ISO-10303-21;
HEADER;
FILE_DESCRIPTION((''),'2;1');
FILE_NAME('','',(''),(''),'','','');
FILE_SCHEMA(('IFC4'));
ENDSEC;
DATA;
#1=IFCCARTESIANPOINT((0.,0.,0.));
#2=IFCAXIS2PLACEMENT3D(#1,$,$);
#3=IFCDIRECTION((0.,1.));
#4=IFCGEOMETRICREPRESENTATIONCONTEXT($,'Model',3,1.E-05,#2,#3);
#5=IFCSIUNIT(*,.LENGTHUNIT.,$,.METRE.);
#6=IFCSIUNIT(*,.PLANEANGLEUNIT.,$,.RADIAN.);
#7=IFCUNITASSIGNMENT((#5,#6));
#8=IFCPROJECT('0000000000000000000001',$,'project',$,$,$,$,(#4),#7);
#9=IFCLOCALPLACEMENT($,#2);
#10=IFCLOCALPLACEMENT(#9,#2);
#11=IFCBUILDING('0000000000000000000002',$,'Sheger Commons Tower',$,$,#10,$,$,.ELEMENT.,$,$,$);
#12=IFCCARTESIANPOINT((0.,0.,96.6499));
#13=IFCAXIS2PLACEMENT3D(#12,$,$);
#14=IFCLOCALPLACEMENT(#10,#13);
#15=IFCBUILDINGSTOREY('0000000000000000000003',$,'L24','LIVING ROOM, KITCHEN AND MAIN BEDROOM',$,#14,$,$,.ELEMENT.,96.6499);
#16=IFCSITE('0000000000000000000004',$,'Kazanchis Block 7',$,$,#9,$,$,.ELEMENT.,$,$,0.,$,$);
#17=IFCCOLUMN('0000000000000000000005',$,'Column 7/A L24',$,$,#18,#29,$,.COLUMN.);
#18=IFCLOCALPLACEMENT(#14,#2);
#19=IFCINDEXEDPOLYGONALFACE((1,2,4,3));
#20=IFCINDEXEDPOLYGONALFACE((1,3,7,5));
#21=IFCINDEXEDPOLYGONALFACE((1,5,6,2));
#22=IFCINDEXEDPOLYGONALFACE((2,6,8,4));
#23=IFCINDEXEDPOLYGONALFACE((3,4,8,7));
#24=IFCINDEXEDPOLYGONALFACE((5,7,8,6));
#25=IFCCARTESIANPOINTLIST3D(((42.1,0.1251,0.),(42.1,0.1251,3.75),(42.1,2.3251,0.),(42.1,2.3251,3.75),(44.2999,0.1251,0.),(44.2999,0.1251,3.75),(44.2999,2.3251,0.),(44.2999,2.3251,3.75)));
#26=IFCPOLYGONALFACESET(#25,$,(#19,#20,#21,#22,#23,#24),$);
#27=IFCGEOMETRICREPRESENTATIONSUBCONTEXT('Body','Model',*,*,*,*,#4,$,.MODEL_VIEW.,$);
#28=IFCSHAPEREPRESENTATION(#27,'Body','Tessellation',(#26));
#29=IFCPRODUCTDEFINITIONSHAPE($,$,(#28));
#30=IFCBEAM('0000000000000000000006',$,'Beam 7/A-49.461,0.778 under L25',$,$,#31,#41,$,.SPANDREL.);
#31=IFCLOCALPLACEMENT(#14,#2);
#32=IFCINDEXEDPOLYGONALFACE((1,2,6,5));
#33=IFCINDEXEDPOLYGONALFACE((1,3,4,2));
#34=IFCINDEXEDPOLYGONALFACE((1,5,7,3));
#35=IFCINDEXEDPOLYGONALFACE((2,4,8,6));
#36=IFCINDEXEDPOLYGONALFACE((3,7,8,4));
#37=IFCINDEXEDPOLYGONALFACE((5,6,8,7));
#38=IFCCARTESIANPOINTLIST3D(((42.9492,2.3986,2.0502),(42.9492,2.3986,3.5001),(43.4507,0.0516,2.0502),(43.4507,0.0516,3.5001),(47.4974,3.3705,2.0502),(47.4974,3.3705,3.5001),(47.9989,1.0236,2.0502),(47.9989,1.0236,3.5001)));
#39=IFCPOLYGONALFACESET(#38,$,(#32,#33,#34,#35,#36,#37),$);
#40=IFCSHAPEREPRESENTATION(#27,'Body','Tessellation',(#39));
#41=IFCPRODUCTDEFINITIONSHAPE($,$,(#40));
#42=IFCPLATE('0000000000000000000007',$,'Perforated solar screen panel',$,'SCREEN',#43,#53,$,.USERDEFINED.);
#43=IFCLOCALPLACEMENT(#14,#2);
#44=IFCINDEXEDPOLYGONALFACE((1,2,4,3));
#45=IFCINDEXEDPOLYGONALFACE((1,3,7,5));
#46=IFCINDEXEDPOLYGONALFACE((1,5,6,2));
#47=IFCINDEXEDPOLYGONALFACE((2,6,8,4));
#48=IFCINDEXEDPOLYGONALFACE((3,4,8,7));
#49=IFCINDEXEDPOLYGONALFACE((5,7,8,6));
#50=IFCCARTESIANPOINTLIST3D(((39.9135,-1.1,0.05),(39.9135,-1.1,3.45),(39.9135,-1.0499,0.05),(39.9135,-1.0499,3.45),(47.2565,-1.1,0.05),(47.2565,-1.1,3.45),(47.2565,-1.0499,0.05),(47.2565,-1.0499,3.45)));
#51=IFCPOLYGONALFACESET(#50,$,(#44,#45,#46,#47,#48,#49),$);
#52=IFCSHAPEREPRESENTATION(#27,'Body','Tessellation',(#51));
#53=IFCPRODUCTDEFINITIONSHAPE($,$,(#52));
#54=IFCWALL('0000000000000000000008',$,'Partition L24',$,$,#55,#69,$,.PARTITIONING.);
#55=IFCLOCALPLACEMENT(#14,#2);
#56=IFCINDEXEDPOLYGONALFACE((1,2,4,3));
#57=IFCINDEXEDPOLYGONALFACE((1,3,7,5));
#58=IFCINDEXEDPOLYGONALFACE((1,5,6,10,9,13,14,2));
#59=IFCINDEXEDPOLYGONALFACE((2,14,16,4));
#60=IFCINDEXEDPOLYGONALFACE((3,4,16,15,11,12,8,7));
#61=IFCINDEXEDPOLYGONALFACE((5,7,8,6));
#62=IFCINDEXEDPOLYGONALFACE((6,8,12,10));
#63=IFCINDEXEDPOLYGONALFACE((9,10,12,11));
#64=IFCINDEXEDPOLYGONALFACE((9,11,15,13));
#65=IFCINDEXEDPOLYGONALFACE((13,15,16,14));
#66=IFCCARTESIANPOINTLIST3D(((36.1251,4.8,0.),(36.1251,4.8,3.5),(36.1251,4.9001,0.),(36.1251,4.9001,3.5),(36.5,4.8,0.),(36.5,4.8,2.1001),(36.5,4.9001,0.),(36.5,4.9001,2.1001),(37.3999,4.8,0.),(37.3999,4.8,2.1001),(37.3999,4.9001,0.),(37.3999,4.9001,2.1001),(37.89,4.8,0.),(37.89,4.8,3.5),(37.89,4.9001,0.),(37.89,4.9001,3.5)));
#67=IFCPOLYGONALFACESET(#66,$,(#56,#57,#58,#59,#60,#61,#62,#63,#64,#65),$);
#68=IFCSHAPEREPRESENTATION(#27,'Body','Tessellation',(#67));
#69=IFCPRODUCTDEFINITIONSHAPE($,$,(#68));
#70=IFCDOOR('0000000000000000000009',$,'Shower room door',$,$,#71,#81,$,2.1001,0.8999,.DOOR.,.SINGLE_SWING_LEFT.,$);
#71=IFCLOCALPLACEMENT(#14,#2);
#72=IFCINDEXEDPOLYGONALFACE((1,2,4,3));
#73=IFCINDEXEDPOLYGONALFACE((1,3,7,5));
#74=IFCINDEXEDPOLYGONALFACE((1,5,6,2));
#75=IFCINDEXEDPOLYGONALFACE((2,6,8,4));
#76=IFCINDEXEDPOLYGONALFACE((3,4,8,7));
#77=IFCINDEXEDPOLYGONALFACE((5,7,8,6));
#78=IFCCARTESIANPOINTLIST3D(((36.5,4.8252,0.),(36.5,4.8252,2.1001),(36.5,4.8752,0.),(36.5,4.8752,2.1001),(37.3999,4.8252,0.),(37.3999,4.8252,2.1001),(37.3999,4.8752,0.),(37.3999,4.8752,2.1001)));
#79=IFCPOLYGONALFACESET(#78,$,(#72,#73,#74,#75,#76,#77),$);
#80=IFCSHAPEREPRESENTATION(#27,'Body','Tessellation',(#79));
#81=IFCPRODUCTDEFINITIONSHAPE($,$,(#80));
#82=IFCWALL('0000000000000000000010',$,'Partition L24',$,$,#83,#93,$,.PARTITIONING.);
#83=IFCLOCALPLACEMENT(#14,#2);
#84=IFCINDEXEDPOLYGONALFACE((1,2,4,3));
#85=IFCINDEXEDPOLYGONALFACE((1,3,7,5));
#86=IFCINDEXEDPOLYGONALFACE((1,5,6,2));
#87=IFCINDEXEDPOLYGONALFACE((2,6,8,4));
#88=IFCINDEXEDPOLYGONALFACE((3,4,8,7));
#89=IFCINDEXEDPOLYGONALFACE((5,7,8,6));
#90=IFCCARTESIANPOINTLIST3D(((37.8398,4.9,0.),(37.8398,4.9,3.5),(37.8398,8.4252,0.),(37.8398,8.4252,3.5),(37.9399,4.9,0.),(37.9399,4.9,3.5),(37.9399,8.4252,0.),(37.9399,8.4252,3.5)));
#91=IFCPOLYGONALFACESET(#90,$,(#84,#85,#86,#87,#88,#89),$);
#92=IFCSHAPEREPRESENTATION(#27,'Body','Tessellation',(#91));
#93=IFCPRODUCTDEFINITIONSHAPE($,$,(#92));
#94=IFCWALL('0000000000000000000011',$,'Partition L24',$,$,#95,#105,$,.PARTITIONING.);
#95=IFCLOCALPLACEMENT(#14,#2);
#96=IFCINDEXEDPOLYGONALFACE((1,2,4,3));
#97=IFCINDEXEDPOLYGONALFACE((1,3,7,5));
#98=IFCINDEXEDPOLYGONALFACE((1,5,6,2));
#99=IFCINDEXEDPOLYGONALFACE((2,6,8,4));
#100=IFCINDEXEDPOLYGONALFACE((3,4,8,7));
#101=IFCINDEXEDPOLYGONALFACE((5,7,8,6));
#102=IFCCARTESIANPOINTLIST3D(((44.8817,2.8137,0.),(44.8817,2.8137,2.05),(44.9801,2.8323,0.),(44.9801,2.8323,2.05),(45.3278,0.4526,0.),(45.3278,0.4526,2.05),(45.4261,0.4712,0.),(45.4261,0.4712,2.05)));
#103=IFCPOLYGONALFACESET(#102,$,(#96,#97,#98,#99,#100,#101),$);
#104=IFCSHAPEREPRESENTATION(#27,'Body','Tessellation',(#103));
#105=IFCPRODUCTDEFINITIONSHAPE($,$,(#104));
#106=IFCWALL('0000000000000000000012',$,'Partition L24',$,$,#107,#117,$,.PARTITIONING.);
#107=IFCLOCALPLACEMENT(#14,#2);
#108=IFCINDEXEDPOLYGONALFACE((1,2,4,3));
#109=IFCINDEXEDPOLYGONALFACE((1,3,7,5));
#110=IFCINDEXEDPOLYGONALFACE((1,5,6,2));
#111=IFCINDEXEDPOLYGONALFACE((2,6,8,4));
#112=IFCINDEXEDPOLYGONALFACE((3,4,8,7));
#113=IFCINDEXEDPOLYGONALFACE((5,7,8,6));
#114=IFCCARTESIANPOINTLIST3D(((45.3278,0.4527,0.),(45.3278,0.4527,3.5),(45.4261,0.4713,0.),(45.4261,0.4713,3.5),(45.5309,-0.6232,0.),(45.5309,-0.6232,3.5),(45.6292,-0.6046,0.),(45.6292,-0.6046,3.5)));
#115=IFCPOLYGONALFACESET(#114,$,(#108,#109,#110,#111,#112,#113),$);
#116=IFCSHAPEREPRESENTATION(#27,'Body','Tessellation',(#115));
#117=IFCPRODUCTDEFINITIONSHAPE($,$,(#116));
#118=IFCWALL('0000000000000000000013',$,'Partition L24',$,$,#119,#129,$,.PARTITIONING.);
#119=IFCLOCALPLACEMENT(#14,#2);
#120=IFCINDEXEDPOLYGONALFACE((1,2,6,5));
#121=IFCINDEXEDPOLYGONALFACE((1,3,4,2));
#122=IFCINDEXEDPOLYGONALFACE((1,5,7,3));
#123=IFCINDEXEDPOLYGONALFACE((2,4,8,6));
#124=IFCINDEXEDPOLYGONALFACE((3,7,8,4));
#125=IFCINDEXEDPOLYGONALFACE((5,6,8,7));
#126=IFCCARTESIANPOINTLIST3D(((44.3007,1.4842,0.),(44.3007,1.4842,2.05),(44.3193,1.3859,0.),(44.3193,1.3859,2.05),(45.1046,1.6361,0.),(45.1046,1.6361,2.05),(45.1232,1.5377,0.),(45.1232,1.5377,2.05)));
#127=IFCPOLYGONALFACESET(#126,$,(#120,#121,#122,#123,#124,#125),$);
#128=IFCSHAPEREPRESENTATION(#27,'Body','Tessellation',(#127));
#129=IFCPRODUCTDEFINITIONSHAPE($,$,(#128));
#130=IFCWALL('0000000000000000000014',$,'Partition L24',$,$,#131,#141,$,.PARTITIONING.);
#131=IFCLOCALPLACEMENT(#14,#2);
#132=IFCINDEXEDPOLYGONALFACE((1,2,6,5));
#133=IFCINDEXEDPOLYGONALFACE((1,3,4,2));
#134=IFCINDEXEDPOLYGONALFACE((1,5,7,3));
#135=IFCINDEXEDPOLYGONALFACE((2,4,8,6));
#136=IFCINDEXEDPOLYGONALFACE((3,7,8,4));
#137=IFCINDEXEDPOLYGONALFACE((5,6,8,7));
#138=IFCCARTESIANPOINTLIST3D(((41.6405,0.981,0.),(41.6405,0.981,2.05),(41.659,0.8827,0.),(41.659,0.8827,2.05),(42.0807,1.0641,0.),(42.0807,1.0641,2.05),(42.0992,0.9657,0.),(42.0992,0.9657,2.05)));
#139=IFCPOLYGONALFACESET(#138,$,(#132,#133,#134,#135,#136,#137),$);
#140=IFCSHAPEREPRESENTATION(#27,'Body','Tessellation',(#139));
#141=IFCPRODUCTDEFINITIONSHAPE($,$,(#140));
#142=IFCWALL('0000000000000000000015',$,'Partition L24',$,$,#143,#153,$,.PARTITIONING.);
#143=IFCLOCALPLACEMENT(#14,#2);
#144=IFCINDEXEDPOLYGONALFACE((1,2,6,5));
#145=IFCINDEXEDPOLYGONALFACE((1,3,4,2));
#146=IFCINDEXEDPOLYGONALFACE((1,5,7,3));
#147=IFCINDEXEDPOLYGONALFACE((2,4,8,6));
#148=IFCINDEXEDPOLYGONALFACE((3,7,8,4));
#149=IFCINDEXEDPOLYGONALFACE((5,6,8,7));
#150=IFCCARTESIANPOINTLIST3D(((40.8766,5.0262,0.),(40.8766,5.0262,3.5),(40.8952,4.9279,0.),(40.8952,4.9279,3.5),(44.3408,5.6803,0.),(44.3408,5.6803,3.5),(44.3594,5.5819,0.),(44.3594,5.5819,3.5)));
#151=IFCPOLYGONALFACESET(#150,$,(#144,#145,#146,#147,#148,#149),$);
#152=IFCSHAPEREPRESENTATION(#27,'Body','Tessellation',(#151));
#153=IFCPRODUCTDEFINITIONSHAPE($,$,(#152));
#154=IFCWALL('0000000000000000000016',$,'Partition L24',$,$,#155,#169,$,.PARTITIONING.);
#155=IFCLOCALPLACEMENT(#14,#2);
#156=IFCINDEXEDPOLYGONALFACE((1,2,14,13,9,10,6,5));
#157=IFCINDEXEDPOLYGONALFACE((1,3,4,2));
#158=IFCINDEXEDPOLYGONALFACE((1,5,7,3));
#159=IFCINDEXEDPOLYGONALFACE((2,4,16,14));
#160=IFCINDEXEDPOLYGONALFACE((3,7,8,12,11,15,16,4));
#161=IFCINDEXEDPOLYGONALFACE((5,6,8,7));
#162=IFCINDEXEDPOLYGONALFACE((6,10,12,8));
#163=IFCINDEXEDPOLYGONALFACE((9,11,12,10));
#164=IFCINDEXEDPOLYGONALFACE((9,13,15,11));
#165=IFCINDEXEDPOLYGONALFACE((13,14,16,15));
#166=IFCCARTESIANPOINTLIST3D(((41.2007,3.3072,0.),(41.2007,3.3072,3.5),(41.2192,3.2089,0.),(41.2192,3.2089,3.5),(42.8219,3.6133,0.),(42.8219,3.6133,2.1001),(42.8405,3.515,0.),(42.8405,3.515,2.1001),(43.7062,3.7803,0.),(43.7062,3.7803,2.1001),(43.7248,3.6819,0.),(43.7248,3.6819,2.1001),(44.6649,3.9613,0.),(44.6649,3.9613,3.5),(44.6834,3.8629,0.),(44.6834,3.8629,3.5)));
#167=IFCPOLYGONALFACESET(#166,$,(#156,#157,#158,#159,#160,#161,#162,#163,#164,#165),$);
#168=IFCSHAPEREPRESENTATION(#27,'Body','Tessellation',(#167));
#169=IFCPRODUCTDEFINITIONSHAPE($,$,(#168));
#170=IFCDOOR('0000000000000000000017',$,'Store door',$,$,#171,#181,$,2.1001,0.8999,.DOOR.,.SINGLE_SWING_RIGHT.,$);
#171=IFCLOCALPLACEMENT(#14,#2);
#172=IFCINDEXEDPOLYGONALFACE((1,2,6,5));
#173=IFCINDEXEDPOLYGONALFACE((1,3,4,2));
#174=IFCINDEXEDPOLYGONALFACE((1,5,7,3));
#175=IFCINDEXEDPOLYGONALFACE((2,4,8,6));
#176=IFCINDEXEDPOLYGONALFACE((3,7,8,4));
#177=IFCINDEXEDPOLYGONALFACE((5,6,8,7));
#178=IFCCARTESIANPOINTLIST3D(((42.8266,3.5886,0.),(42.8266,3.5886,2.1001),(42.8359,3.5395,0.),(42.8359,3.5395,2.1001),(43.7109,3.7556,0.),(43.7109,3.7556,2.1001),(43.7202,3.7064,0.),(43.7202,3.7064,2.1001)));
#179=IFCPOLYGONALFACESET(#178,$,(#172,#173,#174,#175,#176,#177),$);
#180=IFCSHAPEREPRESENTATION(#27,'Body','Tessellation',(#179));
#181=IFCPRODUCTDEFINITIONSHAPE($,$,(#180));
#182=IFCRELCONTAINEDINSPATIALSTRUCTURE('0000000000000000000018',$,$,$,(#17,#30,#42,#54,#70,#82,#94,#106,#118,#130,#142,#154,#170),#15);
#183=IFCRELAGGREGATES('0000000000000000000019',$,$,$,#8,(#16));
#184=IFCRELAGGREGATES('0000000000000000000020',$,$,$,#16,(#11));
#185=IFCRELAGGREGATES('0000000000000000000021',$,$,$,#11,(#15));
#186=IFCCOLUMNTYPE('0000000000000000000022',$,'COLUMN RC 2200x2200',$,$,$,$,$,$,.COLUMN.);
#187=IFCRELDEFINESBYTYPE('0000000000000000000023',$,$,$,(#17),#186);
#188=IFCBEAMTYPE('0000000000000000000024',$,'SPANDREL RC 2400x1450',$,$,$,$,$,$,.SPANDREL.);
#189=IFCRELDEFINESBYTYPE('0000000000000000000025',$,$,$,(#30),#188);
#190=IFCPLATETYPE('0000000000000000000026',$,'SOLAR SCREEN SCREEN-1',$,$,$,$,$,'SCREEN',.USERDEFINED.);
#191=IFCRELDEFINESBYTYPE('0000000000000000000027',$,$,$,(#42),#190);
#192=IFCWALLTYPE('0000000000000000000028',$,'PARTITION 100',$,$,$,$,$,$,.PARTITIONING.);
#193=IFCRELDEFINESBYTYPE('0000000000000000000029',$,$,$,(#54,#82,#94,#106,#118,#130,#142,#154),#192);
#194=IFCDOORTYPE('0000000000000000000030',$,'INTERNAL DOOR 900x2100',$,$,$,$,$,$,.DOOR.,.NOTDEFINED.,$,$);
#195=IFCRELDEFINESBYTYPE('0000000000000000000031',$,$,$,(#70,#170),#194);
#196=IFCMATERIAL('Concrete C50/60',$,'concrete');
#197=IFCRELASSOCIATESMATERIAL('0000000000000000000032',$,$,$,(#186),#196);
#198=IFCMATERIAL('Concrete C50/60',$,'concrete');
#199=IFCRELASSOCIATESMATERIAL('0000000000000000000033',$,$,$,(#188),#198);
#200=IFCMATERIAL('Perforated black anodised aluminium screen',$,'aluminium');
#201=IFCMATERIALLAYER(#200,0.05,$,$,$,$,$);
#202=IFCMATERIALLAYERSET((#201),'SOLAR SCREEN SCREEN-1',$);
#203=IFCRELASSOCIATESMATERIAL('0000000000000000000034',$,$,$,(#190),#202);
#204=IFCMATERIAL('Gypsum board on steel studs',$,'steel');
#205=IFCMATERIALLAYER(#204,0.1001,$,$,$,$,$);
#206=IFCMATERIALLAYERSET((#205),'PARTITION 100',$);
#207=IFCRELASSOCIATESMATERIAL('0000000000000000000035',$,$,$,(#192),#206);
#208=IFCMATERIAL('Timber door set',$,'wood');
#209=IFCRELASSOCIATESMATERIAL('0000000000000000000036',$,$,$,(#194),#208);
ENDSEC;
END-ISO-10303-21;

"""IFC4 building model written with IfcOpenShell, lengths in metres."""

from ifc_helpers import new_model, si_unit, direction, frame, frame_2d, origin, origin_2d, place, context, subcontext, project, spatial, rectangle, extrude, material, layer, layer_set, material_profile, profile_set, type_object, element, fill, save


model = new_model("IFC4")

# Units and contexts
model_context = context("Model", 3, precision=1e-05, world=origin(), true_north=direction((0.0, 1.0)))
body_context = subcontext(model_context, "Body", "Model", "MODEL_VIEW")
ifc_project = project(units=[si_unit("LENGTHUNIT", "METRE"), si_unit("PLANEANGLEUNIT", "RADIAN")], contexts=[model_context])

# Site, building, storey
site_placement = place(None, origin())
site = spatial("IfcSite", under=ifc_project, at=site_placement, Name="Kazanchis Block 7", CompositionType="ELEMENT", RefElevation=0.0)
building_placement = place(site_placement, origin())
building = spatial("IfcBuilding", under=site, at=building_placement, Name="Sheger Commons Tower", CompositionType="ELEMENT")
storey_placement = place(building_placement, frame((0.0, 0.0, 96.6499)))
storey = spatial("IfcBuildingStorey", under=building, at=storey_placement, Name="L24", Description="LIVING ROOM, KITCHEN AND MAIN BEDROOM", CompositionType="ELEMENT", Elevation=96.6499)

# Column
ifc_material_1 = material(Name="Concrete C50/60", Category="concrete")
ifc_material_profile_1 = material_profile(ifc_material_1, rectangle(XDim=2.2, YDim=2.2, at=origin_2d()), Name="RC 2200x2200")
ifc_profile_set_1 = profile_set([ifc_material_profile_1], Name="Concrete C50/60")
column_type = type_object("IfcColumnType", Name="COLUMN RC 2200x2200", PredefinedType="COLUMN", material=ifc_profile_set_1)
column_placement = place(storey_placement, frame((43.2, 1.2251, 0.0), z_axis=(0.0, 0.0, 1.0), x_axis=(1.0, 0.0, 0.0)))
element("IfcColumn", 1, at=column_placement, inside=storey, type_object=column_type, Name="Column 7/A L24", PredefinedType="COLUMN", context=body_context, shape_type="SweptSolid", body=[
    extrude(rectangle(XDim=2.2, YDim=2.2, at=origin_2d()), origin(), (0.0, 0.0, 1.0), 3.75),
])

# Beam
ifc_material_2 = material(Name="Concrete C50/60", Category="concrete")
ifc_material_profile_2 = material_profile(ifc_material_2, rectangle(XDim=2.3999, YDim=1.45, at=origin_2d()), Name="RC 2400x1450")
ifc_profile_set_2 = profile_set([ifc_material_profile_2], Name="Concrete C50/60")
beam_type = type_object("IfcBeamType", Name="SPANDREL RC 2400x1450", PredefinedType="SPANDREL", material=ifc_profile_set_2)
beam_placement = place(storey_placement, frame((43.2, 1.2251, 2.7751), z_axis=(0.97792, 0.208981, 0.0), x_axis=(-0.208981, 0.97792, 0.0)))
element("IfcBeam", 2, at=beam_placement, inside=storey, type_object=beam_type, Name="Beam 7/A-49.461,0.778 under L25", PredefinedType="SPANDREL", context=body_context, shape_type="SweptSolid", body=[
    extrude(rectangle(XDim=2.3999, YDim=1.45, at=origin_2d()), origin(), (0.0, 0.0, 1.0), 4.6509),
])

# Plate
ifc_material_3 = material(Name="Perforated black anodised aluminium screen", Category="aluminium")
ifc_layer_1 = layer(ifc_material_3, 0.05)
ifc_layer_set_1 = layer_set([ifc_layer_1], Name="SOLAR SCREEN SCREEN-1")
plate_type = type_object("IfcPlateType", Name="SOLAR SCREEN SCREEN-1", ElementType="SCREEN", PredefinedType="USERDEFINED", material=ifc_layer_set_1)
plate_placement = place(storey_placement, frame((43.585, -1.075, 0.05), z_axis=(0.0, 0.0, 1.0), x_axis=(1.0, 0.0, 0.0)))
element("IfcPlate", 3, at=plate_placement, inside=storey, type_object=plate_type, Name="Perforated solar screen panel", ObjectType="SCREEN", PredefinedType="USERDEFINED", context=body_context, shape_type="SweptSolid", body=[
    extrude(rectangle(XDim=7.343, YDim=0.05, at=origin_2d()), origin(), (0.0, 0.0, 1.0), 3.3999),
])

# Wall, opening, door
ifc_material_4 = material(Name="Gypsum board on steel studs", Category="steel")
ifc_layer_2 = layer(ifc_material_4, 0.1001)
ifc_layer_set_2 = layer_set([ifc_layer_2], Name="PARTITION 100")
wall_type = type_object("IfcWallType", Name="PARTITION 100", PredefinedType="PARTITIONING", material=ifc_layer_set_2)
wall_1_placement = place(storey_placement, frame((37.8899, 4.8501, 0.0), z_axis=(0.0, 0.0, 1.0), x_axis=(-1.0, 0.0, 0.0)))
wall_1 = element("IfcWall", 4, at=wall_1_placement, inside=storey, type_object=wall_type, Name="Partition L24", PredefinedType="PARTITIONING", context=body_context, shape_type="SweptSolid", body=[
    extrude(rectangle(XDim=1.7649, YDim=0.1001, at=frame_2d((0.8823, 0.0))), origin(), (0.0, 0.0, 1.0), 3.5),
])
opening_1_placement = place(wall_1_placement, frame((0.49, 0.0, 0.0)))
opening_1 = element("IfcOpeningElement", 5, at=opening_1_placement, cuts=wall_1, PredefinedType="OPENING", context=body_context, shape_type="SweptSolid", body=[
    extrude(rectangle(XDim=0.8999, YDim=2.1001, at=frame_2d((0.45, 1.05))), frame((0.0, 0.0601, 0.0), z_axis=(0.0, -1.0, 0.0), x_axis=(1.0, 0.0, 0.0)), (0.0, 0.0, 1.0), 0.1201),
])
ifc_material_5 = material(Name="Timber door set", Category="wood")
door_type = type_object("IfcDoorType", Name="INTERNAL DOOR 900x2100", OperationType="NOTDEFINED", PredefinedType="DOOR", material=ifc_material_5)
door_1_placement = place(opening_1_placement, origin())
door_1 = element("IfcDoor", 6, at=door_1_placement, inside=storey, type_object=door_type, Name="Shower room door", OperationType="SINGLE_SWING_LEFT", OverallHeight=2.1001, OverallWidth=0.8999, PredefinedType="DOOR", context=body_context, shape_type="SweptSolid", body=[
    extrude(rectangle(XDim=0.8999, YDim=2.1001, at=frame_2d((0.45, 1.05))), frame((0.0, 0.0249, 0.0), z_axis=(0.0, -1.0, 0.0), x_axis=(1.0, 0.0, 0.0)), (0.0, 0.0, 1.0), 0.05),
])
fill(opening_1, door_1)

# Walls
wall_2_placement = place(storey_placement, frame((37.8899, 4.8999, 0.0), z_axis=(0.0, 0.0, 1.0), x_axis=(0.0, 1.0, 0.0)))
element("IfcWall", 7, at=wall_2_placement, inside=storey, type_object=wall_type, Name="Partition L24", PredefinedType="PARTITIONING", context=body_context, shape_type="SweptSolid", body=[
    extrude(rectangle(XDim=3.5251, YDim=0.1001, at=frame_2d((1.7627, 0.0))), origin(), (0.0, 0.0, 1.0), 3.5),
])
wall_3_placement = place(storey_placement, frame((44.9309, 2.823, 0.0), z_axis=(0.0, 0.0, 1.0), x_axis=(0.185632, -0.982619, 0.0)))
element("IfcWall", 8, at=wall_3_placement, inside=storey, type_object=wall_type, Name="Partition L24", PredefinedType="PARTITIONING", context=body_context, shape_type="SweptSolid", body=[
    extrude(rectangle(XDim=2.4028, YDim=0.1001, at=frame_2d((1.2014, 0.0))), origin(), (0.0, 0.0, 1.0), 2.05),
])
wall_4_placement = place(storey_placement, frame((45.377, 0.4619, 0.0), z_axis=(0.0, 0.0, 1.0), x_axis=(0.185513, -0.982642, 0.0)))
element("IfcWall", 9, at=wall_4_placement, inside=storey, type_object=wall_type, Name="Partition L24", PredefinedType="PARTITIONING", context=body_context, shape_type="SweptSolid", body=[
    extrude(rectangle(XDim=1.095, YDim=0.1001, at=frame_2d((0.5474, 0.0))), origin(), (0.0, 0.0, 1.0), 3.5),
])
wall_5_placement = place(storey_placement, frame((45.114, 1.5869, 0.0), z_axis=(0.0, 0.0, 1.0), x_axis=(-0.982625, -0.185604, 0.0)))
element("IfcWall", 10, at=wall_5_placement, inside=storey, type_object=wall_type, Name="Partition L24", PredefinedType="PARTITIONING", context=body_context, shape_type="SweptSolid", body=[
    extrude(rectangle(XDim=0.8181, YDim=0.1001, at=frame_2d((0.4092, 0.0))), origin(), (0.0, 0.0, 1.0), 2.05),
])
wall_6_placement = place(storey_placement, frame((42.0901, 1.0149, 0.0), z_axis=(0.0, 0.0, 1.0), x_axis=(-0.98268, -0.185309, 0.0)))
element("IfcWall", 11, at=wall_6_placement, inside=storey, type_object=wall_type, Name="Partition L24", PredefinedType="PARTITIONING", context=body_context, shape_type="SweptSolid", body=[
    extrude(rectangle(XDim=0.448, YDim=0.1001, at=frame_2d((0.2241, 0.0))), origin(), (0.0, 0.0, 1.0), 2.05),
])
wall_7_placement = place(storey_placement, frame((44.3501, 5.6311, 0.0), z_axis=(0.0, 0.0, 1.0), x_axis=(-0.982639, -0.18553, 0.0)))
element("IfcWall", 12, at=wall_7_placement, inside=storey, type_object=wall_type, Name="Partition L24", PredefinedType="PARTITIONING", context=body_context, shape_type="SweptSolid", body=[
    extrude(rectangle(XDim=3.5254, YDim=0.1001, at=frame_2d((1.7627, 0.0))), origin(), (0.0, 0.0, 1.0), 3.5),
])

# Wall, opening, door
wall_8_placement = place(storey_placement, frame((41.21, 3.2581, 0.0), z_axis=(0.0, 0.0, 1.0), x_axis=(0.982639, 0.18553, 0.0)))
wall_8 = element("IfcWall", 13, at=wall_8_placement, inside=storey, type_object=wall_type, Name="Partition L24", PredefinedType="PARTITIONING", context=body_context, shape_type="SweptSolid", body=[
    extrude(rectangle(XDim=3.5254, YDim=0.1001, at=frame_2d((1.7627, 0.0))), origin(), (0.0, 0.0, 1.0), 3.5),
])
opening_2_placement = place(wall_8_placement, frame((1.6499, 0.0, 0.0)))
opening_2 = element("IfcOpeningElement", 14, at=opening_2_placement, cuts=wall_8, PredefinedType="OPENING", context=body_context, shape_type="SweptSolid", body=[
    extrude(rectangle(XDim=0.8999, YDim=2.1001, at=frame_2d((0.45, 1.05))), frame((0.0, 0.0601, 0.0), z_axis=(0.0, -1.0, 0.0), x_axis=(1.0, 0.0, 0.0)), (0.0, 0.0, 1.0), 0.1201),
])
door_2_placement = place(opening_2_placement, origin())
door_2 = element("IfcDoor", 15, at=door_2_placement, inside=storey, type_object=door_type, Name="Store door", OperationType="SINGLE_SWING_RIGHT", OverallHeight=2.1001, OverallWidth=0.8999, PredefinedType="DOOR", context=body_context, shape_type="SweptSolid", body=[
    extrude(rectangle(XDim=0.8999, YDim=2.1001, at=frame_2d((0.45, 1.05))), frame((0.0, 0.0249, 0.0), z_axis=(0.0, -1.0, 0.0), x_axis=(1.0, 0.0, 0.0)), (0.0, 0.0, 1.0), 0.05),
])
fill(opening_2, door_2)

save(model, "model.ifc")
